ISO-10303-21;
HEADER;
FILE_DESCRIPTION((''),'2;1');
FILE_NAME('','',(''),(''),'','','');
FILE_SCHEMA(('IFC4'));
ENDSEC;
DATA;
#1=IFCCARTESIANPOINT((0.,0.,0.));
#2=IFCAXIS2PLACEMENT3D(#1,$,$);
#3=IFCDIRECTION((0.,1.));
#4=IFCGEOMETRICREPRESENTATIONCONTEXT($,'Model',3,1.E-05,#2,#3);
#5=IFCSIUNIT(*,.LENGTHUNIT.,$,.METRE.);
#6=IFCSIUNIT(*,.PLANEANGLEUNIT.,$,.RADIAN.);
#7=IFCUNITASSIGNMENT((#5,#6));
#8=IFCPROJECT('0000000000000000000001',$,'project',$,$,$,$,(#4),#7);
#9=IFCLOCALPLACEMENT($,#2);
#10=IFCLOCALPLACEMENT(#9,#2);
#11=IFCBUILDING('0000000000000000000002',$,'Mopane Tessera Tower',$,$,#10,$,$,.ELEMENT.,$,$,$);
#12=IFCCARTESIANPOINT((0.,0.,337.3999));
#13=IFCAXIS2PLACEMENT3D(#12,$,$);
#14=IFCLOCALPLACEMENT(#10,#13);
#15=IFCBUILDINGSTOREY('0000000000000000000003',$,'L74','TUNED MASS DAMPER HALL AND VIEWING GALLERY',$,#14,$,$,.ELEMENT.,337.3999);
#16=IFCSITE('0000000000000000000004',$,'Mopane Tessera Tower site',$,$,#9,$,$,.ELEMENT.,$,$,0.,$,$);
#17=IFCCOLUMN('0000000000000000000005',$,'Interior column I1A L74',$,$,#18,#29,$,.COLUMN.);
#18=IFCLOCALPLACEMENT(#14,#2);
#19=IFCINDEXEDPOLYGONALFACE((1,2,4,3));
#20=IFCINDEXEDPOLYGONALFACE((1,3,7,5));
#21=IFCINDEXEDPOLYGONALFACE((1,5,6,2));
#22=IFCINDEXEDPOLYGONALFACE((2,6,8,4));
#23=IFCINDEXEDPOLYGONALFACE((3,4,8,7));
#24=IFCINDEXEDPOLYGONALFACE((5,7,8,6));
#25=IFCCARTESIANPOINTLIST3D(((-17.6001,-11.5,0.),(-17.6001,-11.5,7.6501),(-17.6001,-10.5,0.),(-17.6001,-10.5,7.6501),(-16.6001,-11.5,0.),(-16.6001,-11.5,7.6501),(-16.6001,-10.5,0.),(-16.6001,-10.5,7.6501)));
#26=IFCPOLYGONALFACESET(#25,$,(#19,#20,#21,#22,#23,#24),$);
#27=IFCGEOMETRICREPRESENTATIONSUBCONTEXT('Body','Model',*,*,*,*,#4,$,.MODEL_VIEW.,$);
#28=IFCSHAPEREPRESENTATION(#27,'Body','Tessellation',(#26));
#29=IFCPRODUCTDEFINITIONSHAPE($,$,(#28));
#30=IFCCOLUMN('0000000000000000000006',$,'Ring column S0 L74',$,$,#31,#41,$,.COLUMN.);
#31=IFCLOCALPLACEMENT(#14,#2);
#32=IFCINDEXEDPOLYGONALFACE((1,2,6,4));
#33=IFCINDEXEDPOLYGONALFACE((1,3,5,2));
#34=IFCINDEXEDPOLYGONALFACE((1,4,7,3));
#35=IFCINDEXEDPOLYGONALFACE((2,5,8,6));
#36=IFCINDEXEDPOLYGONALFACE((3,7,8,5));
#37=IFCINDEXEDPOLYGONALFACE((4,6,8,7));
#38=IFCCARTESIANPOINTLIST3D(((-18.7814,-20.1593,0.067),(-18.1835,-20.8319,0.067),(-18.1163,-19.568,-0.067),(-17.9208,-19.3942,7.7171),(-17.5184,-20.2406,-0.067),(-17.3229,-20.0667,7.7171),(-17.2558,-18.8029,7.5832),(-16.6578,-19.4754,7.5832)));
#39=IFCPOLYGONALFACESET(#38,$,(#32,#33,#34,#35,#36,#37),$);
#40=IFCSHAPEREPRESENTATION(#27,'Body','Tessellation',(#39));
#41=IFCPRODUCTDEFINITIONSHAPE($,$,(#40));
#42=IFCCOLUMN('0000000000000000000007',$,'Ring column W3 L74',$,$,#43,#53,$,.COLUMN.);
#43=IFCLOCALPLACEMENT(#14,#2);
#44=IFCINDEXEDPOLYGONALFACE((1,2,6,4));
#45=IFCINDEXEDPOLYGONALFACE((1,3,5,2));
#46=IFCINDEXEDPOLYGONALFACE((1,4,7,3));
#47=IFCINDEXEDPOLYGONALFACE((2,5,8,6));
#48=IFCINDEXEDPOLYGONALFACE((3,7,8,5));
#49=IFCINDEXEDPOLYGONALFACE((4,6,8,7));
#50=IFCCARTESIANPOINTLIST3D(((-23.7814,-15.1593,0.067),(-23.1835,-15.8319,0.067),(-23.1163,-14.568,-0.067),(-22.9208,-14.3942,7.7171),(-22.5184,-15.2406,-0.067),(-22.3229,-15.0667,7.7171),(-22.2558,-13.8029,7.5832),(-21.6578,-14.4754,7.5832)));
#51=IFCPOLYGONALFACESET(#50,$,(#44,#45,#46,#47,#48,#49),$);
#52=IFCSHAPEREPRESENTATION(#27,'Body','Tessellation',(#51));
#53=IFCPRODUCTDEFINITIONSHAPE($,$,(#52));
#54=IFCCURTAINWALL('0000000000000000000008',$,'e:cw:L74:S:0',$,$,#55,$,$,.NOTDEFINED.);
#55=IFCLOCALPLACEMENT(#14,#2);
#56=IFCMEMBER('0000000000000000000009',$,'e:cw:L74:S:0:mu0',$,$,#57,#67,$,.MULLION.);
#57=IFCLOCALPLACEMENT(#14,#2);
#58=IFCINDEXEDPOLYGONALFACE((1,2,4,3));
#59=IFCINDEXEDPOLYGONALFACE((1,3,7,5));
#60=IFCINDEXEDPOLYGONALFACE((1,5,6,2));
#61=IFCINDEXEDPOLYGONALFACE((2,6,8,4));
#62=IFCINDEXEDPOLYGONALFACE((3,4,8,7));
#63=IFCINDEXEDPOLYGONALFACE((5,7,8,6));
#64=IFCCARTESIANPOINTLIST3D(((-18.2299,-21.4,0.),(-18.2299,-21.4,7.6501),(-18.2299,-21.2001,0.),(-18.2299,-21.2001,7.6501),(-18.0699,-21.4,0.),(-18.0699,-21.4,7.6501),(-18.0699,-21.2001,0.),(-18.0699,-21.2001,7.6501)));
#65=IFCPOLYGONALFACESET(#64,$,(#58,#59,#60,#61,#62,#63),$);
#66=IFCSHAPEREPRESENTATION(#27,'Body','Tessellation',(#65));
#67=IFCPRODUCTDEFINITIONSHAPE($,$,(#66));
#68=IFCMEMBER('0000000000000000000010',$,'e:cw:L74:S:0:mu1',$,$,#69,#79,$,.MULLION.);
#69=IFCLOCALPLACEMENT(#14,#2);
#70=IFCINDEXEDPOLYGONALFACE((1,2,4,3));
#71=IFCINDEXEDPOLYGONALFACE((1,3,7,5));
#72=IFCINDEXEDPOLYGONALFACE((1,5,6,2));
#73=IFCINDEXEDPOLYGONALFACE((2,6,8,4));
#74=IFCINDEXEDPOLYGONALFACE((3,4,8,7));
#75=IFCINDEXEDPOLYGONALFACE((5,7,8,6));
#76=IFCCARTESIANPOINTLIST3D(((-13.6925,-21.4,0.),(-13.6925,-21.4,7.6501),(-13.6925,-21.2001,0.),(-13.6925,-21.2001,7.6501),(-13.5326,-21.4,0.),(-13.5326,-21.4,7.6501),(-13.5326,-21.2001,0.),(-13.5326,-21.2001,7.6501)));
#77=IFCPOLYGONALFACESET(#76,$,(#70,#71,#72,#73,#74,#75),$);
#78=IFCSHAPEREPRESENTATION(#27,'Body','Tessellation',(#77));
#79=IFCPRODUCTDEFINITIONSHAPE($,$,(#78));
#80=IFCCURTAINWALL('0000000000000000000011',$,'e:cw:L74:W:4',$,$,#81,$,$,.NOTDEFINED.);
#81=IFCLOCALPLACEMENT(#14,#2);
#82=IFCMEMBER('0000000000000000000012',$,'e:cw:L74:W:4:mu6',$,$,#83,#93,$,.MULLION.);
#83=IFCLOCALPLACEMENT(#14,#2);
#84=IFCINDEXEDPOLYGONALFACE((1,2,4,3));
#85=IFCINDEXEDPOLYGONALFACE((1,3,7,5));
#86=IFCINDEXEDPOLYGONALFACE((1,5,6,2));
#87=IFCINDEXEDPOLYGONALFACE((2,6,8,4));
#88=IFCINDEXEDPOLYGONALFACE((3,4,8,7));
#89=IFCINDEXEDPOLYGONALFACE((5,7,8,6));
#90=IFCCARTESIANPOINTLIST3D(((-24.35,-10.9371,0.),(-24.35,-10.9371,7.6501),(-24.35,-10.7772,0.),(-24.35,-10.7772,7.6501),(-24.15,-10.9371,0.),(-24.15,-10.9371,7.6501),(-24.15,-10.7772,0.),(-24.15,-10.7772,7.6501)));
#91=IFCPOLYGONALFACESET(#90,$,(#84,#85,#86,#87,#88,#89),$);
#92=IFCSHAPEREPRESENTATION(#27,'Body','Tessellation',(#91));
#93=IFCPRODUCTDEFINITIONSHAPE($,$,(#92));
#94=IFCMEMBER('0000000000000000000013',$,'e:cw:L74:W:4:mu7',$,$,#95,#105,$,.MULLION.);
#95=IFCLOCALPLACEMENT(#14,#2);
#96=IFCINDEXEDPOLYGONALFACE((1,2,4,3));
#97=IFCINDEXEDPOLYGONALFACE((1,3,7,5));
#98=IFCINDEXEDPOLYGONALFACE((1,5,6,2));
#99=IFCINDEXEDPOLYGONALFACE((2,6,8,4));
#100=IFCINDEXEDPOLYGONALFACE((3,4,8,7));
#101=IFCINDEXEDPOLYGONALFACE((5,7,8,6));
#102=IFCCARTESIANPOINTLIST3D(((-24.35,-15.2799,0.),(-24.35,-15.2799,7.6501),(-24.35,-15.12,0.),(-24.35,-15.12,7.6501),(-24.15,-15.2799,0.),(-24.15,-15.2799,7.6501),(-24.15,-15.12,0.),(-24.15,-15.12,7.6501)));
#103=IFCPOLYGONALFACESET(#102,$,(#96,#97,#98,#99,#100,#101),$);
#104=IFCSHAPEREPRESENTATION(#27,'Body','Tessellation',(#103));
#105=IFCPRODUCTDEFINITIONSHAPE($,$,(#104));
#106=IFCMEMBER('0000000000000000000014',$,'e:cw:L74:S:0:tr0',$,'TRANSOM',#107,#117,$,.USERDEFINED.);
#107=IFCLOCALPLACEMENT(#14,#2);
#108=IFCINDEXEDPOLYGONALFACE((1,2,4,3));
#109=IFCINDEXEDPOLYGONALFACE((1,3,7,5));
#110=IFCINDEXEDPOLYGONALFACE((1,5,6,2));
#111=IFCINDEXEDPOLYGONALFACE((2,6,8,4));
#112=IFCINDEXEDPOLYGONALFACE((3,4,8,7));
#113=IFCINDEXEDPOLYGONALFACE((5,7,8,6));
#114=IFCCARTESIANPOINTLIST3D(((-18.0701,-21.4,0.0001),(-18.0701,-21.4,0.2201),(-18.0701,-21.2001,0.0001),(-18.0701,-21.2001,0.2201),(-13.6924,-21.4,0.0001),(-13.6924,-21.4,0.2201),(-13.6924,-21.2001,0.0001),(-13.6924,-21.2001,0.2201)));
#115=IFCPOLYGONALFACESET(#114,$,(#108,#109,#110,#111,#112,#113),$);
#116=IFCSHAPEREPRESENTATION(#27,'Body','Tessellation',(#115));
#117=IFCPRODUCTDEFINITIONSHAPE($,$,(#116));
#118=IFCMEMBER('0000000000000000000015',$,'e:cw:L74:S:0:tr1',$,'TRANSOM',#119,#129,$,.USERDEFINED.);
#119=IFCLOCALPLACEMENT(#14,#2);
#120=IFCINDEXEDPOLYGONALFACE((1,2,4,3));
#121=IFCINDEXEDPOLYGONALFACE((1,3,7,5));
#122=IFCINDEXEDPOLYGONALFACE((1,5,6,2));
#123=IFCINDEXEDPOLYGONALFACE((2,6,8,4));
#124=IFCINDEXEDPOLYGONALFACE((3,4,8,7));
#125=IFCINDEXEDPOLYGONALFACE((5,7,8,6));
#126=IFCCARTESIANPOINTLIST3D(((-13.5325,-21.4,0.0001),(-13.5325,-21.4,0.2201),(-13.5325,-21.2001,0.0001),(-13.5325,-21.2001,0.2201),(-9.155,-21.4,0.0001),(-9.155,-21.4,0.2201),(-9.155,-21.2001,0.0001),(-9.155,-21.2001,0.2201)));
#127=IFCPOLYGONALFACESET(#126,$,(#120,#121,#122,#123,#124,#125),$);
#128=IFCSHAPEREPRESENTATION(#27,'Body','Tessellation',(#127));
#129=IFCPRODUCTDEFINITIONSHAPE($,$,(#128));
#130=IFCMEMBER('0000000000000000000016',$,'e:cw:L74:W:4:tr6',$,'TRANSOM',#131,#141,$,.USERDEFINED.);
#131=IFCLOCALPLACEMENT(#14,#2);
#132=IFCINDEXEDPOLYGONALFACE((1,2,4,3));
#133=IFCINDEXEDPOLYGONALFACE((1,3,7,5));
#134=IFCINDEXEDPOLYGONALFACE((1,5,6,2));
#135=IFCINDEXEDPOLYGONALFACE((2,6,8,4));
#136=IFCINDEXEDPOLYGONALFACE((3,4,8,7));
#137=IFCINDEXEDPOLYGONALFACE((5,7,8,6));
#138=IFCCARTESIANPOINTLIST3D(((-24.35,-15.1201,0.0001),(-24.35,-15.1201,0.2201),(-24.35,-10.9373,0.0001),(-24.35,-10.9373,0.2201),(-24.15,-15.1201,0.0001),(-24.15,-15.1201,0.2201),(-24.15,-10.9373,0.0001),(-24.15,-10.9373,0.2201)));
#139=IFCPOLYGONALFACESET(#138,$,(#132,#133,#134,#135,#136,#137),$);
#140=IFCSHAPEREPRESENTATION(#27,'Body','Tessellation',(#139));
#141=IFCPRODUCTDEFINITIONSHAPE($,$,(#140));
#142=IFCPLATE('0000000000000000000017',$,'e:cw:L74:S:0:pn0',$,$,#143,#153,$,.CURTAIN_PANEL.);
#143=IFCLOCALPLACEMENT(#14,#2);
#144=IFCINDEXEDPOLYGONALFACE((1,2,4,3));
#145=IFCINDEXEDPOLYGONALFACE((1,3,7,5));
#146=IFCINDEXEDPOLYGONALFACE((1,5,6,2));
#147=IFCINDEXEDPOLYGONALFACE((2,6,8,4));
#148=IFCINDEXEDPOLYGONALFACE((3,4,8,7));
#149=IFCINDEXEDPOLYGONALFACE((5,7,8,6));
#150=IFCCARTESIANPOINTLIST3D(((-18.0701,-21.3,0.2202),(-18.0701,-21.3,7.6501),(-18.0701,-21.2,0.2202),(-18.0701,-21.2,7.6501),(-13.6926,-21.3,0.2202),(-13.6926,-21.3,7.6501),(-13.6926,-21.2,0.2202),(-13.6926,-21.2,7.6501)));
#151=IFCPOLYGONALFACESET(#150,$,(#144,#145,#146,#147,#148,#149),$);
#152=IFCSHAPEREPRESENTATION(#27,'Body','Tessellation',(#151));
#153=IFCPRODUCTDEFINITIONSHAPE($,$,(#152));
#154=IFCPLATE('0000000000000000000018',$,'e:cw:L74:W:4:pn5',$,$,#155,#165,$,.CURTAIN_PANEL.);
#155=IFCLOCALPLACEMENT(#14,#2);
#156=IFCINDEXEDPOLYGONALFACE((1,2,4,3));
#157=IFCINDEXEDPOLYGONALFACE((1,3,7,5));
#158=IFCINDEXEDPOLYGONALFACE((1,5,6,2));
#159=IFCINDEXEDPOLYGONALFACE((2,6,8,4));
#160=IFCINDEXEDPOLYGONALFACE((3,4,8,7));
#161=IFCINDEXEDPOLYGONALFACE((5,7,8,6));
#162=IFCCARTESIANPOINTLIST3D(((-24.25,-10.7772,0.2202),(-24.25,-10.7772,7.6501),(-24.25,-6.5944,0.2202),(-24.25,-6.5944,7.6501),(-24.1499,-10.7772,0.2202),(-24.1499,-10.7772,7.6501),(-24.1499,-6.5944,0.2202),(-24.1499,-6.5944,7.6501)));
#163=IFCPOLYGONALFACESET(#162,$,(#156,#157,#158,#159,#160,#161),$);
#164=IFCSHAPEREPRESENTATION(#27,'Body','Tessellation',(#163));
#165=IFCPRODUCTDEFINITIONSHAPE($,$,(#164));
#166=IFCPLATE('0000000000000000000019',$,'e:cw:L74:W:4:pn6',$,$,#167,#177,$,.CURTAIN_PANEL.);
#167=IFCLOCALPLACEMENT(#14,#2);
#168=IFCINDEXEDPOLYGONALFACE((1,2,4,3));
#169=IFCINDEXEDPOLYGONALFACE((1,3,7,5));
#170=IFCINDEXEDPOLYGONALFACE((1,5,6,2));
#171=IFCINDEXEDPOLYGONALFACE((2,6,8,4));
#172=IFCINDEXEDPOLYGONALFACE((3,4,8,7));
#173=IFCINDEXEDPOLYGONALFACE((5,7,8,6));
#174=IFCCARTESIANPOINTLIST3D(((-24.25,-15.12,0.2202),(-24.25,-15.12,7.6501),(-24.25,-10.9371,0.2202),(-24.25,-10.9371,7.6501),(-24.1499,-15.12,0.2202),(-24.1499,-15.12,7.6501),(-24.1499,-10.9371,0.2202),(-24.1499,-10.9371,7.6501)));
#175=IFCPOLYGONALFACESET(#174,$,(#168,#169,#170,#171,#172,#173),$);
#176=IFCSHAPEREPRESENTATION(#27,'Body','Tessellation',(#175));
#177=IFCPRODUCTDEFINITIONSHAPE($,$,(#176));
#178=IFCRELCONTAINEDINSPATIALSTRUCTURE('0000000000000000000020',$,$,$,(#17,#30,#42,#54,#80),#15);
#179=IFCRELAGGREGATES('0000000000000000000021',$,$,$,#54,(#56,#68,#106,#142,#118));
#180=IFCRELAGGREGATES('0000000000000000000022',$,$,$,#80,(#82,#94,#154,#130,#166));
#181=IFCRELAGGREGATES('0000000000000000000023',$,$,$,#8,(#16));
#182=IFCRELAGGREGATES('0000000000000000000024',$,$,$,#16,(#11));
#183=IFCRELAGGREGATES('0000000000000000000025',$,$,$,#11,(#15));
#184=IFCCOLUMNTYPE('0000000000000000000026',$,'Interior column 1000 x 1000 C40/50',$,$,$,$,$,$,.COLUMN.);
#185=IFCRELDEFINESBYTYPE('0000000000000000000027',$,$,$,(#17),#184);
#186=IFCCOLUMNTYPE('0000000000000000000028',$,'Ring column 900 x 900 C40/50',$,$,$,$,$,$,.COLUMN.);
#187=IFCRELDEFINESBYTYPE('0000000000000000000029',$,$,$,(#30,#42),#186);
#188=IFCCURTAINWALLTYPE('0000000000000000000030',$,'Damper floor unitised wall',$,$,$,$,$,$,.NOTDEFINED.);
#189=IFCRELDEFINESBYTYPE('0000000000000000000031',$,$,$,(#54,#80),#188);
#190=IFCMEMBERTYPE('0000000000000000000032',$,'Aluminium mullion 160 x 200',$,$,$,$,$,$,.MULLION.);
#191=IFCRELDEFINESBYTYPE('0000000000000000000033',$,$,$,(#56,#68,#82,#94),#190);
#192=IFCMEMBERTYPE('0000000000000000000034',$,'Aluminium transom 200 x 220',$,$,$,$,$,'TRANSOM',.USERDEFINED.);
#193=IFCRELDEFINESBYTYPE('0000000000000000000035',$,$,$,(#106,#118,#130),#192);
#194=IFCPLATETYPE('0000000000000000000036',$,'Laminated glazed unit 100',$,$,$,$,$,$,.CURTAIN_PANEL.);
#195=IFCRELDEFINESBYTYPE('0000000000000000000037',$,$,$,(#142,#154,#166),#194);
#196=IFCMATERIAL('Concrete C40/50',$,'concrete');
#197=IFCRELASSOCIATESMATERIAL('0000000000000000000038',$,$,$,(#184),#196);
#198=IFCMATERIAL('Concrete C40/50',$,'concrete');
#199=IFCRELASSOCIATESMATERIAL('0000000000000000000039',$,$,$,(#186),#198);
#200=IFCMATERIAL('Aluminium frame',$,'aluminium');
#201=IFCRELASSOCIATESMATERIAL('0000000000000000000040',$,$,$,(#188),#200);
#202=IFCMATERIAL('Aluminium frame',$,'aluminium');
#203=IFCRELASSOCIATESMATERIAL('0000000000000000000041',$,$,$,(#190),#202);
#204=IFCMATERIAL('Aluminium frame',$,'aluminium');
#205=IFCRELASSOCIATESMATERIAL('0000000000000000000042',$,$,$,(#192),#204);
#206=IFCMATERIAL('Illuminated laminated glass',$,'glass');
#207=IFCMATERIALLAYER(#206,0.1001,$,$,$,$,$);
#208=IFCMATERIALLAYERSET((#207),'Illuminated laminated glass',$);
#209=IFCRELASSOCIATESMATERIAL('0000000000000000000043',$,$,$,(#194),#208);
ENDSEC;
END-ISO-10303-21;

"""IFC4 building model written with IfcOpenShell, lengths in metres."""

from ifc_helpers import new_model, si_unit, direction, frame, origin, origin_2d, place, context, subcontext, project, spatial, rectangle, extrude, material, layer, layer_set, material_profile, profile_set, type_object, element, aggregate, save


model = new_model("IFC4")

# Units and contexts
model_context = context("Model", 3, precision=1e-05, world=origin(), true_north=direction((0.0, 1.0)))
body_context = subcontext(model_context, "Body", "Model", "MODEL_VIEW")
ifc_project = project(units=[si_unit("LENGTHUNIT", "METRE"), si_unit("PLANEANGLEUNIT", "RADIAN")], contexts=[model_context])

# Site, building, storey
site_placement = place(None, origin())
site = spatial("IfcSite", under=ifc_project, at=site_placement, Name="Mopane Tessera Tower site", CompositionType="ELEMENT", RefElevation=0.0)
building_placement = place(site_placement, origin())
building = spatial("IfcBuilding", under=site, at=building_placement, Name="Mopane Tessera Tower", CompositionType="ELEMENT")
storey_placement = place(building_placement, frame((0.0, 0.0, 337.3999)))
storey = spatial("IfcBuildingStorey", under=building, at=storey_placement, Name="L74", Description="TUNED MASS DAMPER HALL AND VIEWING GALLERY", CompositionType="ELEMENT", Elevation=337.3999)

# Columns
ifc_material_1 = material(Name="Concrete C40/50", Category="concrete")
ifc_material_profile_1 = material_profile(ifc_material_1, rectangle(XDim=1.0, YDim=1.0, at=origin_2d()))
ifc_profile_set_1 = profile_set([ifc_material_profile_1], Name="Concrete C40/50")
column_type_1 = type_object("IfcColumnType", Name="Interior column 1000 x 1000 C40/50", PredefinedType="COLUMN", material=ifc_profile_set_1)
column_placement = place(storey_placement, frame((-17.1001, -11.0, 0.0), z_axis=(0.0, 0.0, 1.0), x_axis=(1.0, 0.0, 0.0)))
element("IfcColumn", 1, at=column_placement, inside=storey, type_object=column_type_1, Name="Interior column I1A L74", PredefinedType="COLUMN", context=body_context, shape_type="SweptSolid", body=[
    extrude(rectangle(XDim=1.0, YDim=1.0, at=origin_2d()), origin(), (0.0, 0.0, 1.0), 7.6501),
])
ifc_material_2 = material(Name="Concrete C40/50", Category="concrete")
ifc_material_profile_2 = material_profile(ifc_material_2, rectangle(XDim=0.8999, YDim=0.8999, at=origin_2d()))
ifc_profile_set_2 = profile_set([ifc_material_profile_2], Name="Concrete C40/50")
column_type_2 = type_object("IfcColumnType", Name="Ring column 900 x 900 C40/50", PredefinedType="COLUMN", material=ifc_profile_set_2)
for number, where, z_axis, x_axis, name in (
    (2, (-18.1499, -20.2, 0.0), (0.111241, 0.098902, 0.98886), (-0.664443, 0.747339, 0.0), "Ring column S0 L74"),
    (3, (-23.1499, -15.2, 0.0), (0.111241, 0.098902, 0.98886), (-0.664443, 0.747339, 0.0), "Ring column W3 L74"),
):
    element("IfcColumn", number, at=place(storey_placement, frame(where, z_axis=z_axis, x_axis=x_axis)), inside=storey, type_object=column_type_2, Name=name, PredefinedType="COLUMN", context=body_context, shape_type="SweptSolid", body=[
        extrude(rectangle(XDim=0.8999, YDim=0.8999, at=origin_2d()), origin(), (0.0, 0.0, 1.0), 7.7363),
    ])

# Curtain walls, members
ifc_material_3 = material(Name="Aluminium frame", Category="aluminium")
curtain_wall_type = type_object("IfcCurtainWallType", Name="Damper floor unitised wall", PredefinedType="NOTDEFINED", material=ifc_material_3)
curtain_wall_1_placement = place(storey_placement, origin())
curtain_wall_1 = element("IfcCurtainWall", 4, at=curtain_wall_1_placement, inside=storey, type_object=curtain_wall_type, Name="e:cw:L74:S:0", PredefinedType="NOTDEFINED")
ifc_material_4 = material(Name="Aluminium frame", Category="aluminium")
ifc_material_profile_3 = material_profile(ifc_material_4, rectangle(XDim=0.1599, YDim=0.2, at=origin_2d()))
ifc_profile_set_3 = profile_set([ifc_material_profile_3], Name="Aluminium frame")
member_type_1 = type_object("IfcMemberType", Name="Aluminium mullion 160 x 200", PredefinedType="MULLION", material=ifc_profile_set_3)
member_1_placement = place(storey_placement, frame((-18.1499, -21.3, 0.0), z_axis=(0.0, 0.0, 1.0), x_axis=(1.0, 0.0, 0.0)))
member_1 = element("IfcMember", 5, at=member_1_placement, type_object=member_type_1, Name="e:cw:L74:S:0:mu0", PredefinedType="MULLION", context=body_context, shape_type="SweptSolid", body=[
    extrude(rectangle(XDim=0.1599, YDim=0.2, at=origin_2d()), origin(), (0.0, 0.0, 1.0), 7.6501),
])
member_2_placement = place(storey_placement, frame((-13.6125, -21.3, 0.0), z_axis=(0.0, 0.0, 1.0), x_axis=(1.0, 0.0, 0.0)))
member_2 = element("IfcMember", 6, at=member_2_placement, type_object=member_type_1, Name="e:cw:L74:S:0:mu1", PredefinedType="MULLION", context=body_context, shape_type="SweptSolid", body=[
    extrude(rectangle(XDim=0.1599, YDim=0.2, at=origin_2d()), origin(), (0.0, 0.0, 1.0), 7.6501),
])
curtain_wall_2_placement = place(storey_placement, origin())
curtain_wall_2 = element("IfcCurtainWall", 7, at=curtain_wall_2_placement, inside=storey, type_object=curtain_wall_type, Name="e:cw:L74:W:4", PredefinedType="NOTDEFINED")
member_3_placement = place(storey_placement, frame((-24.25, -10.8572, 0.0), z_axis=(0.0, 0.0, 1.0), x_axis=(0.0, -1.0, 0.0)))
member_3 = element("IfcMember", 8, at=member_3_placement, type_object=member_type_1, Name="e:cw:L74:W:4:mu6", PredefinedType="MULLION", context=body_context, shape_type="SweptSolid", body=[
    extrude(rectangle(XDim=0.1599, YDim=0.2, at=origin_2d()), origin(), (0.0, 0.0, 1.0), 7.6501),
])
member_4_placement = place(storey_placement, frame((-24.25, -15.2, 0.0), z_axis=(0.0, 0.0, 1.0), x_axis=(0.0, -1.0, 0.0)))
member_4 = element("IfcMember", 9, at=member_4_placement, type_object=member_type_1, Name="e:cw:L74:W:4:mu7", PredefinedType="MULLION", context=body_context, shape_type="SweptSolid", body=[
    extrude(rectangle(XDim=0.1599, YDim=0.2, at=origin_2d()), origin(), (0.0, 0.0, 1.0), 7.6501),
])

# Members
ifc_material_5 = material(Name="Aluminium frame", Category="aluminium")
ifc_material_profile_4 = material_profile(ifc_material_5, rectangle(XDim=0.2, YDim=0.22, at=origin_2d()))
ifc_profile_set_4 = profile_set([ifc_material_profile_4], Name="Aluminium frame")
member_type_2 = type_object("IfcMemberType", Name="Aluminium transom 200 x 220", ElementType="TRANSOM", PredefinedType="USERDEFINED", material=ifc_profile_set_4)
member_5_placement = place(storey_placement, frame((-18.0701, -21.3, 0.1101), z_axis=(1.0, 0.0, 0.0), x_axis=(0.0, 1.0, 0.0)))
member_5 = element("IfcMember", 10, at=member_5_placement, type_object=member_type_2, Name="e:cw:L74:S:0:tr0", ObjectType="TRANSOM", PredefinedType="USERDEFINED", context=body_context, shape_type="SweptSolid", body=[
    extrude(rectangle(XDim=0.2, YDim=0.22, at=origin_2d()), origin(), (0.0, 0.0, 1.0), 4.3777),
])
member_6_placement = place(storey_placement, frame((-13.5325, -21.3, 0.1101), z_axis=(1.0, 0.0, 0.0), x_axis=(0.0, 1.0, 0.0)))
member_6 = element("IfcMember", 11, at=member_6_placement, type_object=member_type_2, Name="e:cw:L74:S:0:tr1", ObjectType="TRANSOM", PredefinedType="USERDEFINED", context=body_context, shape_type="SweptSolid", body=[
    extrude(rectangle(XDim=0.2, YDim=0.22, at=origin_2d()), origin(), (0.0, 0.0, 1.0), 4.3774),
])
member_7_placement = place(storey_placement, frame((-24.25, -10.9373, 0.1101), z_axis=(0.0, -1.0, 0.0), x_axis=(1.0, 0.0, 0.0)))
member_7 = element("IfcMember", 12, at=member_7_placement, type_object=member_type_2, Name="e:cw:L74:W:4:tr6", ObjectType="TRANSOM", PredefinedType="USERDEFINED", context=body_context, shape_type="SweptSolid", body=[
    extrude(rectangle(XDim=0.2, YDim=0.22, at=origin_2d()), origin(), (0.0, 0.0, 1.0), 4.1829),
])

# Plates
ifc_material_6 = material(Name="Illuminated laminated glass", Category="glass")
ifc_layer_1 = layer(ifc_material_6, 0.1001)
ifc_layer_set_1 = layer_set([ifc_layer_1], Name="Illuminated laminated glass")
plate_type = type_object("IfcPlateType", Name="Laminated glazed unit 100", PredefinedType="CURTAIN_PANEL", material=ifc_layer_set_1)
plate_1_placement = place(storey_placement, frame((-15.8813, -21.25, 0.2202), z_axis=(0.0, 0.0, 1.0), x_axis=(1.0, 0.0, 0.0)))
plate_1 = element("IfcPlate", 13, at=plate_1_placement, type_object=plate_type, Name="e:cw:L74:S:0:pn0", PredefinedType="CURTAIN_PANEL", context=body_context, shape_type="SweptSolid", body=[
    extrude(rectangle(XDim=4.3774, YDim=0.1001, at=origin_2d()), origin(), (0.0, 0.0, 1.0), 7.4299),
])
aggregate(curtain_wall_1, [member_1, member_2, member_5, plate_1, member_6])
plate_2_placement = place(storey_placement, frame((-24.2, -8.6858, 0.2202), z_axis=(0.0, 0.0, 1.0), x_axis=(0.0, -1.0, 0.0)))
plate_2 = element("IfcPlate", 14, at=plate_2_placement, type_object=plate_type, Name="e:cw:L74:W:4:pn5", PredefinedType="CURTAIN_PANEL", context=body_context, shape_type="SweptSolid", body=[
    extrude(rectangle(XDim=4.1829, YDim=0.1001, at=origin_2d()), origin(), (0.0, 0.0, 1.0), 7.4299),
])
plate_3_placement = place(storey_placement, frame((-24.2, -13.0286, 0.2202), z_axis=(0.0, 0.0, 1.0), x_axis=(0.0, -1.0, 0.0)))
plate_3 = element("IfcPlate", 15, at=plate_3_placement, type_object=plate_type, Name="e:cw:L74:W:4:pn6", PredefinedType="CURTAIN_PANEL", context=body_context, shape_type="SweptSolid", body=[
    extrude(rectangle(XDim=4.1829, YDim=0.1001, at=origin_2d()), origin(), (0.0, 0.0, 1.0), 7.4299),
])
aggregate(curtain_wall_2, [member_3, member_4, plate_2, member_7, plate_3])

save(model, "model.ifc")
